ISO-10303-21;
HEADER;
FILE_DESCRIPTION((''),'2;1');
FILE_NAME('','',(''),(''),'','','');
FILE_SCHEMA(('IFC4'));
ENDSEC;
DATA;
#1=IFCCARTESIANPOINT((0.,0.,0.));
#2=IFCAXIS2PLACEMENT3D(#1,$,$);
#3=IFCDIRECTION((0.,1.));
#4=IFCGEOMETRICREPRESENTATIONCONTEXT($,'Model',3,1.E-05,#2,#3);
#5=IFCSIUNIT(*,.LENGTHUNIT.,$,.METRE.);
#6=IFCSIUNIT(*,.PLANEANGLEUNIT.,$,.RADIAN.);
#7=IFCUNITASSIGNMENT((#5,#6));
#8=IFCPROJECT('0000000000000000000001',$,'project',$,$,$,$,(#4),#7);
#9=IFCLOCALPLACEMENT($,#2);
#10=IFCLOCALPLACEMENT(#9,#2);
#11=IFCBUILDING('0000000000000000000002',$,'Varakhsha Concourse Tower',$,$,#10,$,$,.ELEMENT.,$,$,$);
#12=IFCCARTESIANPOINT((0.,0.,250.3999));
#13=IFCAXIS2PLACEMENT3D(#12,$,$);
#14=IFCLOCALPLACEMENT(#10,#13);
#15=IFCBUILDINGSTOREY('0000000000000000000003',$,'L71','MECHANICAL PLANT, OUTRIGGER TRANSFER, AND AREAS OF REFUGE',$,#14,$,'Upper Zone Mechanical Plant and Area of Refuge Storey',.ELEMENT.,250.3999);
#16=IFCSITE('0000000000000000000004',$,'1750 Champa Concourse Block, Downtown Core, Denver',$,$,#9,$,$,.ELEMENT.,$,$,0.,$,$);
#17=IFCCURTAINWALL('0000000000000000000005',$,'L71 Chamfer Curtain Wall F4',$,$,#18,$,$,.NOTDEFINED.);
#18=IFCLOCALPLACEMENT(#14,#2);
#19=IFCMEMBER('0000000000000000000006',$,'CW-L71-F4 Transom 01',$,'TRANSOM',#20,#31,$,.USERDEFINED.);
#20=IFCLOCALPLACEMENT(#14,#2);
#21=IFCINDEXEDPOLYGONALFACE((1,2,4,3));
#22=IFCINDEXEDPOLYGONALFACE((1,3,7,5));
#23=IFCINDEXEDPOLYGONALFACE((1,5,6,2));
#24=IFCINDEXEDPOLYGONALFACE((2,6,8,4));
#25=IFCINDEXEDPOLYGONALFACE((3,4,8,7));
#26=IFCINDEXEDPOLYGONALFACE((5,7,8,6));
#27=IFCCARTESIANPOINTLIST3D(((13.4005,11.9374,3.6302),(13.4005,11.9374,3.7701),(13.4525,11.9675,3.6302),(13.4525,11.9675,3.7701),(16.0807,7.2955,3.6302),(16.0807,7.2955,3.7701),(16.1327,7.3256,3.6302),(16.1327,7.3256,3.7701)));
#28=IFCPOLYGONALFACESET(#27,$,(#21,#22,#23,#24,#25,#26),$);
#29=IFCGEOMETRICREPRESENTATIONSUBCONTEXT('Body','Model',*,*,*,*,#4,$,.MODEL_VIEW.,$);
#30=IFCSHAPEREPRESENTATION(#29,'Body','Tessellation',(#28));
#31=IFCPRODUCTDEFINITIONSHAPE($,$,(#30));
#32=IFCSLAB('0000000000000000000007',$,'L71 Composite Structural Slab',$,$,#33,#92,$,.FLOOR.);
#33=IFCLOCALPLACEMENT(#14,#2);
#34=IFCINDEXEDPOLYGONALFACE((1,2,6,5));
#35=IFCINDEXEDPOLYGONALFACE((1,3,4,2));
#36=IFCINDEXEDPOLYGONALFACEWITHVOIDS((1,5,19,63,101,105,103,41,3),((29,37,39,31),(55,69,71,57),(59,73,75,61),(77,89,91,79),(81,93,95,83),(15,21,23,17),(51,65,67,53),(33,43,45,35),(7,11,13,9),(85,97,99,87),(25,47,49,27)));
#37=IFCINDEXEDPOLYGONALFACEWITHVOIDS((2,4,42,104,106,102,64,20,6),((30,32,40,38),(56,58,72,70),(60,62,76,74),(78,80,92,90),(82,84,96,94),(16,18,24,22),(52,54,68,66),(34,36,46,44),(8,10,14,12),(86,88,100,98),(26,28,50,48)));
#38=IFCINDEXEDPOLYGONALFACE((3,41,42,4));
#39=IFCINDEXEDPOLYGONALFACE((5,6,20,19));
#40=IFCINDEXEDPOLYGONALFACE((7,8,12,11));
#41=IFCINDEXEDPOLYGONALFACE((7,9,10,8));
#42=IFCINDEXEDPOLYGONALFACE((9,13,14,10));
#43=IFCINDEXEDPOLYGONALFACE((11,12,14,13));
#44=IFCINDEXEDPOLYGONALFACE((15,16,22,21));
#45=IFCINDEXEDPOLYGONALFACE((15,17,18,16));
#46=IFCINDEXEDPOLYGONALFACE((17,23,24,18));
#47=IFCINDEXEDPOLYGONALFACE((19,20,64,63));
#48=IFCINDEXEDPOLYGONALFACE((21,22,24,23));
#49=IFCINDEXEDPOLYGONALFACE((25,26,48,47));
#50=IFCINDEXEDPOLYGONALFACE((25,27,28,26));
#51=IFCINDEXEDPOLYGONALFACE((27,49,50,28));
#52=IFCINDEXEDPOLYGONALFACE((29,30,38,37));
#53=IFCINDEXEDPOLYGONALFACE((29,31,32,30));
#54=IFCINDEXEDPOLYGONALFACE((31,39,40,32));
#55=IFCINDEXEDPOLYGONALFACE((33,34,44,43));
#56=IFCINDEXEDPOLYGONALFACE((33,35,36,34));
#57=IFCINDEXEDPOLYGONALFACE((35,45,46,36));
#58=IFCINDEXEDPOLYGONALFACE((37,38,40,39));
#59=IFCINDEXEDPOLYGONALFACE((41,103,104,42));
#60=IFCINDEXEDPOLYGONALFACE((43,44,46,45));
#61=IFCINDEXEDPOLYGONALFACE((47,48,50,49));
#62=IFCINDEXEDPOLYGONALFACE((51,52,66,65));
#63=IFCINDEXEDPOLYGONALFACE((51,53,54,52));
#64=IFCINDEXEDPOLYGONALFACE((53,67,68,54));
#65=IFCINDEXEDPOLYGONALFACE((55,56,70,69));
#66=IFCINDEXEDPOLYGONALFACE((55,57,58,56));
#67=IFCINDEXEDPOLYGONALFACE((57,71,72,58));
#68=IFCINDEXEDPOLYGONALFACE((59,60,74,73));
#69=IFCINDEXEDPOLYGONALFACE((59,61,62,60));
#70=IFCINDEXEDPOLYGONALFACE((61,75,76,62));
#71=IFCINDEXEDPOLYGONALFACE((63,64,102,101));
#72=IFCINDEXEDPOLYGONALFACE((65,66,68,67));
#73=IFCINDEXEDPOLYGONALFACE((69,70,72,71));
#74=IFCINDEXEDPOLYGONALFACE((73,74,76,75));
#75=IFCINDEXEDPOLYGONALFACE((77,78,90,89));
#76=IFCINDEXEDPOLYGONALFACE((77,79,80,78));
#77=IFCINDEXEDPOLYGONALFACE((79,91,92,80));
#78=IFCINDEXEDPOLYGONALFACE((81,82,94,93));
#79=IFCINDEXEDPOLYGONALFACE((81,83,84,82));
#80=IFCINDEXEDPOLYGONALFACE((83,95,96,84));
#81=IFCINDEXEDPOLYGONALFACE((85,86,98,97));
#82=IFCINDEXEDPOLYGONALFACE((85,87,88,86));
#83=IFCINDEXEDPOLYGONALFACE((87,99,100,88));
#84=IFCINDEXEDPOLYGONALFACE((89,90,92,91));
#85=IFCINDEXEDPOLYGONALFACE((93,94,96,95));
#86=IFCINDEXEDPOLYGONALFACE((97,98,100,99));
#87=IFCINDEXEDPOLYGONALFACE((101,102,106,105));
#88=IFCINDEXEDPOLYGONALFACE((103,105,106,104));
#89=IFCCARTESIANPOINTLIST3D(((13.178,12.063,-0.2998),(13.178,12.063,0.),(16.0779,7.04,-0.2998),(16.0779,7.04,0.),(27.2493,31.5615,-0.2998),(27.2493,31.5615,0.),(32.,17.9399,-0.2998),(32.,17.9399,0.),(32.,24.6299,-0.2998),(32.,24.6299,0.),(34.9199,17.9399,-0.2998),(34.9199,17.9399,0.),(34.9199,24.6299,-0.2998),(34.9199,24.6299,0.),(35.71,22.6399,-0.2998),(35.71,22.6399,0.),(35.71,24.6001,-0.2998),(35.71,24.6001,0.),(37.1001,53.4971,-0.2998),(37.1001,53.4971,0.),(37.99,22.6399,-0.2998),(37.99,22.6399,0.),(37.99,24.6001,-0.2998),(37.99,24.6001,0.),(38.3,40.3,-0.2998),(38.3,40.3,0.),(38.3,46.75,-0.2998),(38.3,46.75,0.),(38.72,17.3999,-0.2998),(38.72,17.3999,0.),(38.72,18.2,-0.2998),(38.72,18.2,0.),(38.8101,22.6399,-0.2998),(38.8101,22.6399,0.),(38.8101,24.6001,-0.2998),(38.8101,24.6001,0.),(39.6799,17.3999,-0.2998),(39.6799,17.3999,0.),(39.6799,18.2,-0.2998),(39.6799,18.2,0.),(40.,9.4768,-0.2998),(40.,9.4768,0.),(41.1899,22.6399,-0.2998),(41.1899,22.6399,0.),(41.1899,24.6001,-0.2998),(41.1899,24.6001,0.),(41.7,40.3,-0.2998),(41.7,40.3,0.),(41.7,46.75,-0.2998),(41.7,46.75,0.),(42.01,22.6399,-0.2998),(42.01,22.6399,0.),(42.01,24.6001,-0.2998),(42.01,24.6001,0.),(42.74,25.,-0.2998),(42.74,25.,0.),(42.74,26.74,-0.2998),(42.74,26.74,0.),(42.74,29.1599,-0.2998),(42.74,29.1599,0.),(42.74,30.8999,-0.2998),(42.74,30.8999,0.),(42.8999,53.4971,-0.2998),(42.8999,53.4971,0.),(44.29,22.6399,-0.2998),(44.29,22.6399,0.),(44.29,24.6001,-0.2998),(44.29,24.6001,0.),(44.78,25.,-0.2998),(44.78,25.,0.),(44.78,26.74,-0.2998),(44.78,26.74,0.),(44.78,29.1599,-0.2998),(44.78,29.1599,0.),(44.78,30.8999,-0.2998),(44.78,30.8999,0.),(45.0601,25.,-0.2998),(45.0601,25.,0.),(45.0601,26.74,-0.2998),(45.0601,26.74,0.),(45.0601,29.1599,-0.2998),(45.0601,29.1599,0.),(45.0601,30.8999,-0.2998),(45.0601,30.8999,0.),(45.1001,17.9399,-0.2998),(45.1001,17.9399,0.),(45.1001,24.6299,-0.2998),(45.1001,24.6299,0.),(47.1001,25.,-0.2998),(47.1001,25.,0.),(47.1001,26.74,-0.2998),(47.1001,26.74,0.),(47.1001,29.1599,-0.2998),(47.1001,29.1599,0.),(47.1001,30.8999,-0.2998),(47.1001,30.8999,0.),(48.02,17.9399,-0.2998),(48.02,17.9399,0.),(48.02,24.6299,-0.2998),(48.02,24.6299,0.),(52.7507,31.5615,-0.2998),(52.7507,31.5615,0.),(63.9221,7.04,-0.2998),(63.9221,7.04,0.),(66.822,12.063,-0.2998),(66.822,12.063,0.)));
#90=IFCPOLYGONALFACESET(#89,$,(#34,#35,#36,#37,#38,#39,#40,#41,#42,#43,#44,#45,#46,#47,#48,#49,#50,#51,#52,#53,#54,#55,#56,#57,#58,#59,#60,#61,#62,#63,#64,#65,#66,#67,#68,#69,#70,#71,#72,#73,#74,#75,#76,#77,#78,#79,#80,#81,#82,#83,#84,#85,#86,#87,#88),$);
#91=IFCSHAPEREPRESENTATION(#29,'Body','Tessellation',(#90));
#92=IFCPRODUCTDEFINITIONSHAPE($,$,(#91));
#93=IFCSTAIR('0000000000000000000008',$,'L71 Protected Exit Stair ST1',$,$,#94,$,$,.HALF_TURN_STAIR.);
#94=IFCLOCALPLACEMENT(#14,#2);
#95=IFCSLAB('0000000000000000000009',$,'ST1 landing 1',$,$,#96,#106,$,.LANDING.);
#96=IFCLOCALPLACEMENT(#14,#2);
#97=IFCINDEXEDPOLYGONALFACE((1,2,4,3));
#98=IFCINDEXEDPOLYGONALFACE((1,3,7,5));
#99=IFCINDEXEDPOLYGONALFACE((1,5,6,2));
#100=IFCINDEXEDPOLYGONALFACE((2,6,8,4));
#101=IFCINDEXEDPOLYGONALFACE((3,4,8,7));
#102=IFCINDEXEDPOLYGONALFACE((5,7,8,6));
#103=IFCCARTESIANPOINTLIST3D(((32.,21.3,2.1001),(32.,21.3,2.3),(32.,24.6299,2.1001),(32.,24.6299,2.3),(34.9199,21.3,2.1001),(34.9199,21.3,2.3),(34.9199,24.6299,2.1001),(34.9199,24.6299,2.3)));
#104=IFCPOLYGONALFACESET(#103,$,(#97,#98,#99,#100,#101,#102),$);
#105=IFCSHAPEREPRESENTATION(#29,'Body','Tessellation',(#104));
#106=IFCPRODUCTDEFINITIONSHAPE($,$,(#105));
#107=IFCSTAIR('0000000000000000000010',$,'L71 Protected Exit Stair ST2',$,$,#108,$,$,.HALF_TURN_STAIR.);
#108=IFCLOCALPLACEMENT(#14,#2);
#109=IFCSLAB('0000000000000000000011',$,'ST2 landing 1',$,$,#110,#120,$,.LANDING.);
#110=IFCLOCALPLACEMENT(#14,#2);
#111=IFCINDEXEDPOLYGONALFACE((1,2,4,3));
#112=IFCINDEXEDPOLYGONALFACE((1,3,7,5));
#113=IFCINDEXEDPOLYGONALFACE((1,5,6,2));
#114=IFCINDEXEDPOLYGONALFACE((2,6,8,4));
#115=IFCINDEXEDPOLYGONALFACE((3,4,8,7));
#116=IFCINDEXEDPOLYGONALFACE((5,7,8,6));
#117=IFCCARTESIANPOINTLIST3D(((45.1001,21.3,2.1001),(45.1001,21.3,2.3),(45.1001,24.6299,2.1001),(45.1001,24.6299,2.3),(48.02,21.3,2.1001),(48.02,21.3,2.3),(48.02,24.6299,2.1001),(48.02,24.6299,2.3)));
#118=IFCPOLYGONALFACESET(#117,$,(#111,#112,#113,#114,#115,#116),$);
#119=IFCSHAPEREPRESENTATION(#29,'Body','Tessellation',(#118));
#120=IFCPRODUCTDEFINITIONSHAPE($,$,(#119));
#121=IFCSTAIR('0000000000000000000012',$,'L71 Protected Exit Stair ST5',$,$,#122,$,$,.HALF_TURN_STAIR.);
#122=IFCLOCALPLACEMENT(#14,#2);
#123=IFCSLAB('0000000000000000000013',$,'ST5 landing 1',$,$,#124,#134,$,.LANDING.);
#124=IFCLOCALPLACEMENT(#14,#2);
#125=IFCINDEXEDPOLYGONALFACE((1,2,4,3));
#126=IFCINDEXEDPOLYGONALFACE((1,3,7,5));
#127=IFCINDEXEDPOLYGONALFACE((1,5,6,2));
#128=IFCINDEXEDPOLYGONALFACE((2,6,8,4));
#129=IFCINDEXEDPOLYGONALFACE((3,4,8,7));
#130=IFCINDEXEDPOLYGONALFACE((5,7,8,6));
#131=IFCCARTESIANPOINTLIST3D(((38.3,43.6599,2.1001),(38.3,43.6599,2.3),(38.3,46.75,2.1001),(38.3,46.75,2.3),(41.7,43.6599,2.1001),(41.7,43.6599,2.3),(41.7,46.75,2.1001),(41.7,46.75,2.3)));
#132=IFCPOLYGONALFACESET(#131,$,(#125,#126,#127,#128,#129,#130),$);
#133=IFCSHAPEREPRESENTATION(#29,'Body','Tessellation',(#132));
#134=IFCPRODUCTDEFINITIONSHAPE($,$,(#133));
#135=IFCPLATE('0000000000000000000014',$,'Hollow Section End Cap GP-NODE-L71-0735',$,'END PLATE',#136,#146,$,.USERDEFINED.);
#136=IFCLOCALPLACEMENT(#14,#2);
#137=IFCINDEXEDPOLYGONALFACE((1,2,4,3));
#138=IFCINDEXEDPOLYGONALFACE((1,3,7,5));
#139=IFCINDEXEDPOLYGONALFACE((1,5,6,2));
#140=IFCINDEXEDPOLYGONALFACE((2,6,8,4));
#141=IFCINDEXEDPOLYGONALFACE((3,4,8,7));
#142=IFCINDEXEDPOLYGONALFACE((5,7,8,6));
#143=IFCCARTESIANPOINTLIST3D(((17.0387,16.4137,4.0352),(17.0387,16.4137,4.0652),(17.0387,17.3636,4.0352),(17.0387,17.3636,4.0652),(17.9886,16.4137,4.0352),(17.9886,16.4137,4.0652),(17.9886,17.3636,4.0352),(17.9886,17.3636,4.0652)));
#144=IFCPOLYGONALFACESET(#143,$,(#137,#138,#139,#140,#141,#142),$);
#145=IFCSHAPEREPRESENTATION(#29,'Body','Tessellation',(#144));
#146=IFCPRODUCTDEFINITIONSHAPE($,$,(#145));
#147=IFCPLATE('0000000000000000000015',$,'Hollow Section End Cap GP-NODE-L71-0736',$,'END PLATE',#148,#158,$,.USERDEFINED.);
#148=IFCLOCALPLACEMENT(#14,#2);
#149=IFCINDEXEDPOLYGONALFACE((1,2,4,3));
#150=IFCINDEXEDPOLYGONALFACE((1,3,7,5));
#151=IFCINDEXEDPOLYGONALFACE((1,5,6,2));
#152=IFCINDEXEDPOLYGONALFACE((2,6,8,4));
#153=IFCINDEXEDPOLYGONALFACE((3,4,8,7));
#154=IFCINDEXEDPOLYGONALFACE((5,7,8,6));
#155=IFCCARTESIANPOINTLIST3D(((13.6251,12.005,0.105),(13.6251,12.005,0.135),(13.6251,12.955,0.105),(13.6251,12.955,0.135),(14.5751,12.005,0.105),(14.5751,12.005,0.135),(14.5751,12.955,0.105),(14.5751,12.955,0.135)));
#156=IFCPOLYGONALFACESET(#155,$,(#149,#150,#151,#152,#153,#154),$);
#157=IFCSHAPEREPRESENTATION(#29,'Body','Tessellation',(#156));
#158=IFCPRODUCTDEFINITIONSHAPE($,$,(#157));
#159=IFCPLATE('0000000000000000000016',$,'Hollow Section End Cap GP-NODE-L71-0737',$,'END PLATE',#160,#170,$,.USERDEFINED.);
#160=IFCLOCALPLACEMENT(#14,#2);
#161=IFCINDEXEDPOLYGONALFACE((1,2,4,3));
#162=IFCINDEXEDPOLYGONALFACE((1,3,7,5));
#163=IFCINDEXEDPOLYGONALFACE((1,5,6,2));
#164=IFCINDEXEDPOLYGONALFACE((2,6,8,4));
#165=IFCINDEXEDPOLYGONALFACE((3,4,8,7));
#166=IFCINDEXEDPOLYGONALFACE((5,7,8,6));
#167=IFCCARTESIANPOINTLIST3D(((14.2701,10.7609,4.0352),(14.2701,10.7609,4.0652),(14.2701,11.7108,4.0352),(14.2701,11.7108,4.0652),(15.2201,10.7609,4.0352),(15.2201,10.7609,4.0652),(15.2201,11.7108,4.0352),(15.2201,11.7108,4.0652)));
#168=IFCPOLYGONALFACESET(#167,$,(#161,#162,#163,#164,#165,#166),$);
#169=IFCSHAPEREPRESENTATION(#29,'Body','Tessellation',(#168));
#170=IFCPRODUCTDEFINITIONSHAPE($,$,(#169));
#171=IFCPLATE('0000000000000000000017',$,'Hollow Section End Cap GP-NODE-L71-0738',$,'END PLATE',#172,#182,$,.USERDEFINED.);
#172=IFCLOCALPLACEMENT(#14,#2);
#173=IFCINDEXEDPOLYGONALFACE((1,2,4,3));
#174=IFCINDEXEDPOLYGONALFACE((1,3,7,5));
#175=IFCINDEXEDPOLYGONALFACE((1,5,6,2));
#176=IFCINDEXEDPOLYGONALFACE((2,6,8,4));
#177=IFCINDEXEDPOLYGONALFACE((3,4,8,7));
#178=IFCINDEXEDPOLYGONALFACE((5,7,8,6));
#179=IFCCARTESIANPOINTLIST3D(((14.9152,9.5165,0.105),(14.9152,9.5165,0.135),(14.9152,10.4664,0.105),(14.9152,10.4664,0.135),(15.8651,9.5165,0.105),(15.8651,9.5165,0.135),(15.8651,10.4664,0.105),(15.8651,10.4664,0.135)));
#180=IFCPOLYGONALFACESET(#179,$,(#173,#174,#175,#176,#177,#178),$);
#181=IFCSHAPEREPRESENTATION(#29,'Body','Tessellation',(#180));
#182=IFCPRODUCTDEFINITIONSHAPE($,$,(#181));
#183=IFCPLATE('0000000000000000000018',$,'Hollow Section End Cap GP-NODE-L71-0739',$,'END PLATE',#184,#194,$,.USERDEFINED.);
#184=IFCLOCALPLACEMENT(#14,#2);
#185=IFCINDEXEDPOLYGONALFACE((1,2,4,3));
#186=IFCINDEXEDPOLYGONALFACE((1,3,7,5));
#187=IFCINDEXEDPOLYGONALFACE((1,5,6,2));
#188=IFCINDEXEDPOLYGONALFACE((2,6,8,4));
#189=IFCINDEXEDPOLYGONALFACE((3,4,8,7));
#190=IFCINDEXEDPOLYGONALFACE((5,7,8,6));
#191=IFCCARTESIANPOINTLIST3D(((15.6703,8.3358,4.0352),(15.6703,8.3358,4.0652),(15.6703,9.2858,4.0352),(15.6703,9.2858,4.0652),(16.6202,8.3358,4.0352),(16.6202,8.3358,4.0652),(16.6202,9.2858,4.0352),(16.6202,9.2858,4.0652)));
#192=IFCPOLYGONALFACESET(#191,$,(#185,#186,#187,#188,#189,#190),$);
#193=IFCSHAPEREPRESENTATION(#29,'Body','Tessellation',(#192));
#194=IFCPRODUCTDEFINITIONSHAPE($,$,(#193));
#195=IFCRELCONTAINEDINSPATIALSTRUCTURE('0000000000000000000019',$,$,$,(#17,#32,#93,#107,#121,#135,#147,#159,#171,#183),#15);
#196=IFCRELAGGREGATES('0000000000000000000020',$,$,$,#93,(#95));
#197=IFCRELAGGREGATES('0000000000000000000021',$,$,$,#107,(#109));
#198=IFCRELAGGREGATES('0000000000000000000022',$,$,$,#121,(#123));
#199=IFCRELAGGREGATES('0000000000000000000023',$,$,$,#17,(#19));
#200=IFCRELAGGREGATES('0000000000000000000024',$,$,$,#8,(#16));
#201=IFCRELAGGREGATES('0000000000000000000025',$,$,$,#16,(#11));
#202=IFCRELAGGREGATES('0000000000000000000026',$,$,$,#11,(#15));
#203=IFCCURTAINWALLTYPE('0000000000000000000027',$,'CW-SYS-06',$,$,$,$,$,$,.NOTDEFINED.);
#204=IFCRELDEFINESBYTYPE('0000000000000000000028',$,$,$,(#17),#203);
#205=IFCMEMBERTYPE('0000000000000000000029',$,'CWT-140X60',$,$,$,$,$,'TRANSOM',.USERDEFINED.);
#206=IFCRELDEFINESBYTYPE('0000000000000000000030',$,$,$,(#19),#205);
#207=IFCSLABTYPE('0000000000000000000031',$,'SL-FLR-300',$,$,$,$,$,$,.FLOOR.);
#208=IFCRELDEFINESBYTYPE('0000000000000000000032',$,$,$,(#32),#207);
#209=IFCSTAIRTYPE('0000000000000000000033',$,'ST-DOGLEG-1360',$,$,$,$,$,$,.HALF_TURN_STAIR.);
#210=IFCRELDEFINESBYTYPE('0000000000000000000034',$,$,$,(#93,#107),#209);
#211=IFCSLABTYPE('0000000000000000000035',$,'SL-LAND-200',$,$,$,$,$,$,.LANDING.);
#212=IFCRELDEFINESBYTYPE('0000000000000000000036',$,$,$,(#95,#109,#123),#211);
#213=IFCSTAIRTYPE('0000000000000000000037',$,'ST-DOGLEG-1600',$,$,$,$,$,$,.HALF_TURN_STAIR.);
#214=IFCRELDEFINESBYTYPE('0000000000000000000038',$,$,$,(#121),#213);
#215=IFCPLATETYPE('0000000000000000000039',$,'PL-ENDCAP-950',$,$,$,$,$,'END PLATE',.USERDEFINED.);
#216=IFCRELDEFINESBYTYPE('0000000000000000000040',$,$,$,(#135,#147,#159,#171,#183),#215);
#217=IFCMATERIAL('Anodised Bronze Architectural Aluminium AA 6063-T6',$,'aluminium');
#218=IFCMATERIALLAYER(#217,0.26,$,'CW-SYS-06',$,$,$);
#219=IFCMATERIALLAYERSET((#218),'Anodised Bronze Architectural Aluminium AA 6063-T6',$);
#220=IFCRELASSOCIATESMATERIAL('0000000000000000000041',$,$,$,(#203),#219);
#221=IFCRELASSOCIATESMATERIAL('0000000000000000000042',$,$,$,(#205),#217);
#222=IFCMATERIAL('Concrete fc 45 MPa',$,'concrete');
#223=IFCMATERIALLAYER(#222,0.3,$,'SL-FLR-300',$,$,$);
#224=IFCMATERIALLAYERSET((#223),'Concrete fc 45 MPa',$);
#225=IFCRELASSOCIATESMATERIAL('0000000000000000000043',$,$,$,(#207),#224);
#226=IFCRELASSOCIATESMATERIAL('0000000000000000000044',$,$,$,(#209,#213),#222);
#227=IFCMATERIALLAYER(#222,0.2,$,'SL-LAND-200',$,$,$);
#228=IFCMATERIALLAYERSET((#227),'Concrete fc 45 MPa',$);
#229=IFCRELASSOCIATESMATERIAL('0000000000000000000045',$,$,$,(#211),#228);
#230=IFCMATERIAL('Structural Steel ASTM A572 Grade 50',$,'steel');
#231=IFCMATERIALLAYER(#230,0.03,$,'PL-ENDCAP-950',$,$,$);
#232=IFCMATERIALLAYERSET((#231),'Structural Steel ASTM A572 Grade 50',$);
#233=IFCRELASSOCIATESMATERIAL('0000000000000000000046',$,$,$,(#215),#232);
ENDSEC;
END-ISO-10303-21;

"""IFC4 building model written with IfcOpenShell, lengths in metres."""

from ifc_helpers import new_model, si_unit, direction, frame, origin, origin_2d, place, context, subcontext, project, spatial, polyline, rectangle, outline, extrude, source, transform, mapped, material, layer, layer_set, material_profile, profile_set, type_object, type_shapes, element, aggregate, save


model = new_model("IFC4")

# Units and contexts
model_context = context("Model", 3, precision=1e-05, world=origin(), true_north=direction((0.0, 1.0)))
body_context = subcontext(model_context, "Body", "Model", "MODEL_VIEW")
ifc_project = project(units=[si_unit("LENGTHUNIT", "METRE"), si_unit("PLANEANGLEUNIT", "RADIAN")], contexts=[model_context])

# Site, building, storey
site_placement = place(None, origin())
site = spatial("IfcSite", under=ifc_project, at=site_placement, Name="1750 Champa Concourse Block, Downtown Core, Denver", CompositionType="ELEMENT", RefElevation=0.0)
building_placement = place(site_placement, origin())
building = spatial("IfcBuilding", under=site, at=building_placement, Name="Varakhsha Concourse Tower", CompositionType="ELEMENT")
storey_placement = place(building_placement, frame((0.0, 0.0, 250.3999)))
storey = spatial("IfcBuildingStorey", under=building, at=storey_placement, Name="L71", Description="MECHANICAL PLANT, OUTRIGGER TRANSFER, AND AREAS OF REFUGE", LongName="Upper Zone Mechanical Plant and Area of Refuge Storey", CompositionType="ELEMENT", Elevation=250.3999)

# Shared definitions
ifc_material_1 = material(Name="Structural Steel ASTM A572 Grade 50", Category="steel")

# Shared definitions
ifc_material_2 = material(Name="Anodised Bronze Architectural Aluminium AA 6063-T6", Category="aluminium")
ifc_layer_1 = layer(ifc_material_2, 0.26, Name="CW-SYS-06")
ifc_layer_set_1 = layer_set([ifc_layer_1], Name="Anodised Bronze Architectural Aluminium AA 6063-T6")
curtain_wall_type = type_object("IfcCurtainWallType", Name="CW-SYS-06", PredefinedType="NOTDEFINED", material=ifc_layer_set_1)

# Curtain wall
curtain_wall_1_placement = place(storey_placement, origin())
curtain_wall_1 = element("IfcCurtainWall", 1, at=curtain_wall_1_placement, inside=storey, type_object=curtain_wall_type, Name="L71 Chamfer Curtain Wall F4", PredefinedType="NOTDEFINED")

# Member
ifc_material_profile_1 = material_profile(ifc_material_2, rectangle(XDim=0.0601, YDim=0.1399, at=origin_2d()), Name="CWT-140X60")
ifc_profile_set_1 = profile_set([ifc_material_profile_1], Name="Anodised Bronze Architectural Aluminium AA 6063-T6")
member_type_1 = type_object("IfcMemberType", Name="CWT-140X60", ElementType="TRANSOM", PredefinedType="USERDEFINED", material=ifc_profile_set_1)
shared_shape_1 = source(origin(), body_context, "Body", "SweptSolid", [
    extrude(rectangle(XDim=0.0601, YDim=0.1399, at=origin_2d()), origin(), (0.0, 0.0, 1.0), 5.3601),
])
member_1_placement = place(storey_placement, frame((16.1067, 7.3105, 3.7002), z_axis=(-0.500029, 0.866009, 0.0), x_axis=(-0.866009, -0.500029, 0.0)))
member_1 = element("IfcMember", 2, at=member_1_placement, type_object=member_type_1, Name="CW-L71-F4 Transom 01", ObjectType="TRANSOM", PredefinedType="USERDEFINED", context=body_context, shape_type="MappedRepresentation", body=[
    mapped(shared_shape_1, transform((0.0, 0.0, 0.0), scale=1.0)),
])

# Slab
ifc_material_3 = material(Name="Concrete fc 45 MPa", Category="concrete")
ifc_layer_2 = layer(ifc_material_3, 0.3, Name="SL-FLR-300")
ifc_layer_set_2 = layer_set([ifc_layer_2], Name="Concrete fc 45 MPa")
slab_type_1 = type_object("IfcSlabType", Name="SL-FLR-300", PredefinedType="FLOOR", material=ifc_layer_set_2)
slab_1_placement = place(storey_placement, frame((0.0, 0.0, -0.2998)))
element("IfcSlab", 3, at=slab_1_placement, inside=storey, type_object=slab_type_1, Name="L71 Composite Structural Slab", PredefinedType="FLOOR", context=body_context, shape_type="SweptSolid", body=[
    extrude(outline(polyline([(42.8999, 53.4971), (37.1001, 53.4971), (27.2493, 31.5615), (13.178, 12.063), (16.0779, 7.04), (40.0, 9.4768), (63.9221, 7.04), (66.822, 12.063), (52.7507, 31.5615), (42.8999, 53.4971)]), holes=[polyline([(34.9199, 17.9399), (34.9199, 24.6299), (32.0, 24.6299), (32.0, 17.9399), (34.9199, 17.9399)]), polyline([(48.02, 17.9399), (48.02, 24.6299), (45.1001, 24.6299), (45.1001, 17.9399), (48.02, 17.9399)]), polyline([(41.7, 40.3), (41.7, 46.75), (38.3, 46.75), (38.3, 40.3), (41.7, 40.3)]), polyline([(42.74, 29.1599), (44.78, 29.1599), (44.78, 30.8999), (42.74, 30.8999), (42.74, 29.1599)]), polyline([(45.0601, 29.1599), (47.1001, 29.1599), (47.1001, 30.8999), (45.0601, 30.8999), (45.0601, 29.1599)]), polyline([(42.74, 25.0), (44.78, 25.0), (44.78, 26.74), (42.74, 26.74), (42.74, 25.0)]), polyline([(45.0601, 25.0), (47.1001, 25.0), (47.1001, 26.74), (45.0601, 26.74), (45.0601, 25.0)]), polyline([(35.71, 22.6399), (37.99, 22.6399), (37.99, 24.6001), (35.71, 24.6001), (35.71, 22.6399)]), polyline([(42.01, 22.6399), (44.29, 22.6399), (44.29, 24.6001), (42.01, 24.6001), (42.01, 22.6399)]), polyline([(38.8101, 22.6399), (41.1899, 22.6399), (41.1899, 24.6001), (38.8101, 24.6001), (38.8101, 22.6399)]), polyline([(38.72, 17.3999), (39.6799, 17.3999), (39.6799, 18.2), (38.72, 18.2), (38.72, 17.3999)])]), origin(), (0.0, 0.0, 1.0), 0.2998),
])

# Stairs, slabs
stair_type_1 = type_object("IfcStairType", Name="ST-DOGLEG-1360", PredefinedType="HALF_TURN_STAIR", material=ifc_material_3)
stair_1_placement = place(storey_placement, origin())
stair_1 = element("IfcStair", 4, at=stair_1_placement, inside=storey, type_object=stair_type_1, Name="L71 Protected Exit Stair ST1", PredefinedType="HALF_TURN_STAIR")
ifc_layer_3 = layer(ifc_material_3, 0.2, Name="SL-LAND-200")
ifc_layer_set_3 = layer_set([ifc_layer_3], Name="Concrete fc 45 MPa")
slab_type_2 = type_object("IfcSlabType", Name="SL-LAND-200", PredefinedType="LANDING", material=ifc_layer_set_3)
slab_2_placement = place(storey_placement, frame((0.0, 0.0, 2.1001)))
slab_2 = element("IfcSlab", 5, at=slab_2_placement, type_object=slab_type_2, Name="ST1 landing 1", PredefinedType="LANDING", context=body_context, shape_type="SweptSolid", body=[
    extrude(outline(polyline([(34.9199, 21.3), (34.9199, 24.6299), (32.0, 24.6299), (32.0, 21.3), (34.9199, 21.3)])), origin(), (0.0, 0.0, 1.0), 0.2),
])
aggregate(stair_1, [slab_2])
stair_2_placement = place(storey_placement, origin())
stair_2 = element("IfcStair", 6, at=stair_2_placement, inside=storey, type_object=stair_type_1, Name="L71 Protected Exit Stair ST2", PredefinedType="HALF_TURN_STAIR")
slab_3_placement = place(storey_placement, frame((0.0, 0.0, 2.1001)))
slab_3 = element("IfcSlab", 7, at=slab_3_placement, type_object=slab_type_2, Name="ST2 landing 1", PredefinedType="LANDING", context=body_context, shape_type="SweptSolid", body=[
    extrude(outline(polyline([(48.02, 21.3), (48.02, 24.6299), (45.1001, 24.6299), (45.1001, 21.3), (48.02, 21.3)])), origin(), (0.0, 0.0, 1.0), 0.2),
])
aggregate(stair_2, [slab_3])
stair_type_2 = type_object("IfcStairType", Name="ST-DOGLEG-1600", PredefinedType="HALF_TURN_STAIR", material=ifc_material_3)
stair_3_placement = place(storey_placement, origin())
stair_3 = element("IfcStair", 8, at=stair_3_placement, inside=storey, type_object=stair_type_2, Name="L71 Protected Exit Stair ST5", PredefinedType="HALF_TURN_STAIR")
slab_4_placement = place(storey_placement, frame((0.0, 0.0, 2.1001)))
slab_4 = element("IfcSlab", 9, at=slab_4_placement, type_object=slab_type_2, Name="ST5 landing 1", PredefinedType="LANDING", context=body_context, shape_type="SweptSolid", body=[
    extrude(outline(polyline([(41.7, 43.6599), (41.7, 46.75), (38.3, 46.75), (38.3, 43.6599), (41.7, 43.6599)])), origin(), (0.0, 0.0, 1.0), 0.2),
])
aggregate(stair_3, [slab_4])

# Plates
ifc_layer_4 = layer(ifc_material_1, 0.03, Name="PL-ENDCAP-950")
ifc_layer_set_4 = layer_set([ifc_layer_4], Name="Structural Steel ASTM A572 Grade 50")
plate_type_1 = type_object("IfcPlateType", Name="PL-ENDCAP-950", ElementType="END PLATE", PredefinedType="USERDEFINED", material=ifc_layer_set_4)
shared_shape_2 = source(origin(), body_context, "Body", "SweptSolid", [
    extrude(rectangle(XDim=0.95, YDim=0.95, at=origin_2d()), origin(), (0.0, 0.0, 1.0), 0.03),
])
type_shapes(plate_type_1, [shared_shape_2])
for number, where, z_axis, x_axis, name in (
    (10, (17.5137, 16.8887, 4.0352), (0.0, 0.0, 1.0), (1.0, 0.0, 0.0), "Hollow Section End Cap GP-NODE-L71-0735"),
    (11, (14.1001, 12.48, 0.105), (0.0, 0.0, 1.0), (1.0, 0.0, 0.0), "Hollow Section End Cap GP-NODE-L71-0736"),
    (12, (14.7451, 11.2358, 4.0352), (0.0, 0.0, 1.0), (1.0, 0.0, 0.0), "Hollow Section End Cap GP-NODE-L71-0737"),
    (13, (15.3901, 9.9915, 0.105), (0.0, 0.0, 1.0), (1.0, 0.0, 0.0), "Hollow Section End Cap GP-NODE-L71-0738"),
    (14, (16.1453, 8.8108, 4.0352), (0.0, 0.0, 1.0), (1.0, 0.0, 0.0), "Hollow Section End Cap GP-NODE-L71-0739"),
):
    element("IfcPlate", number, at=place(storey_placement, frame(where, z_axis=z_axis, x_axis=x_axis)), inside=storey, type_object=plate_type_1, Name=name, ObjectType="END PLATE", PredefinedType="USERDEFINED", context=body_context, shape_type="MappedRepresentation", body=[
        mapped(shared_shape_2, transform((0.0, 0.0, 0.0), scale=1.0)),
    ])

aggregate(curtain_wall_1, [member_1])

save(model, "model.ifc")
